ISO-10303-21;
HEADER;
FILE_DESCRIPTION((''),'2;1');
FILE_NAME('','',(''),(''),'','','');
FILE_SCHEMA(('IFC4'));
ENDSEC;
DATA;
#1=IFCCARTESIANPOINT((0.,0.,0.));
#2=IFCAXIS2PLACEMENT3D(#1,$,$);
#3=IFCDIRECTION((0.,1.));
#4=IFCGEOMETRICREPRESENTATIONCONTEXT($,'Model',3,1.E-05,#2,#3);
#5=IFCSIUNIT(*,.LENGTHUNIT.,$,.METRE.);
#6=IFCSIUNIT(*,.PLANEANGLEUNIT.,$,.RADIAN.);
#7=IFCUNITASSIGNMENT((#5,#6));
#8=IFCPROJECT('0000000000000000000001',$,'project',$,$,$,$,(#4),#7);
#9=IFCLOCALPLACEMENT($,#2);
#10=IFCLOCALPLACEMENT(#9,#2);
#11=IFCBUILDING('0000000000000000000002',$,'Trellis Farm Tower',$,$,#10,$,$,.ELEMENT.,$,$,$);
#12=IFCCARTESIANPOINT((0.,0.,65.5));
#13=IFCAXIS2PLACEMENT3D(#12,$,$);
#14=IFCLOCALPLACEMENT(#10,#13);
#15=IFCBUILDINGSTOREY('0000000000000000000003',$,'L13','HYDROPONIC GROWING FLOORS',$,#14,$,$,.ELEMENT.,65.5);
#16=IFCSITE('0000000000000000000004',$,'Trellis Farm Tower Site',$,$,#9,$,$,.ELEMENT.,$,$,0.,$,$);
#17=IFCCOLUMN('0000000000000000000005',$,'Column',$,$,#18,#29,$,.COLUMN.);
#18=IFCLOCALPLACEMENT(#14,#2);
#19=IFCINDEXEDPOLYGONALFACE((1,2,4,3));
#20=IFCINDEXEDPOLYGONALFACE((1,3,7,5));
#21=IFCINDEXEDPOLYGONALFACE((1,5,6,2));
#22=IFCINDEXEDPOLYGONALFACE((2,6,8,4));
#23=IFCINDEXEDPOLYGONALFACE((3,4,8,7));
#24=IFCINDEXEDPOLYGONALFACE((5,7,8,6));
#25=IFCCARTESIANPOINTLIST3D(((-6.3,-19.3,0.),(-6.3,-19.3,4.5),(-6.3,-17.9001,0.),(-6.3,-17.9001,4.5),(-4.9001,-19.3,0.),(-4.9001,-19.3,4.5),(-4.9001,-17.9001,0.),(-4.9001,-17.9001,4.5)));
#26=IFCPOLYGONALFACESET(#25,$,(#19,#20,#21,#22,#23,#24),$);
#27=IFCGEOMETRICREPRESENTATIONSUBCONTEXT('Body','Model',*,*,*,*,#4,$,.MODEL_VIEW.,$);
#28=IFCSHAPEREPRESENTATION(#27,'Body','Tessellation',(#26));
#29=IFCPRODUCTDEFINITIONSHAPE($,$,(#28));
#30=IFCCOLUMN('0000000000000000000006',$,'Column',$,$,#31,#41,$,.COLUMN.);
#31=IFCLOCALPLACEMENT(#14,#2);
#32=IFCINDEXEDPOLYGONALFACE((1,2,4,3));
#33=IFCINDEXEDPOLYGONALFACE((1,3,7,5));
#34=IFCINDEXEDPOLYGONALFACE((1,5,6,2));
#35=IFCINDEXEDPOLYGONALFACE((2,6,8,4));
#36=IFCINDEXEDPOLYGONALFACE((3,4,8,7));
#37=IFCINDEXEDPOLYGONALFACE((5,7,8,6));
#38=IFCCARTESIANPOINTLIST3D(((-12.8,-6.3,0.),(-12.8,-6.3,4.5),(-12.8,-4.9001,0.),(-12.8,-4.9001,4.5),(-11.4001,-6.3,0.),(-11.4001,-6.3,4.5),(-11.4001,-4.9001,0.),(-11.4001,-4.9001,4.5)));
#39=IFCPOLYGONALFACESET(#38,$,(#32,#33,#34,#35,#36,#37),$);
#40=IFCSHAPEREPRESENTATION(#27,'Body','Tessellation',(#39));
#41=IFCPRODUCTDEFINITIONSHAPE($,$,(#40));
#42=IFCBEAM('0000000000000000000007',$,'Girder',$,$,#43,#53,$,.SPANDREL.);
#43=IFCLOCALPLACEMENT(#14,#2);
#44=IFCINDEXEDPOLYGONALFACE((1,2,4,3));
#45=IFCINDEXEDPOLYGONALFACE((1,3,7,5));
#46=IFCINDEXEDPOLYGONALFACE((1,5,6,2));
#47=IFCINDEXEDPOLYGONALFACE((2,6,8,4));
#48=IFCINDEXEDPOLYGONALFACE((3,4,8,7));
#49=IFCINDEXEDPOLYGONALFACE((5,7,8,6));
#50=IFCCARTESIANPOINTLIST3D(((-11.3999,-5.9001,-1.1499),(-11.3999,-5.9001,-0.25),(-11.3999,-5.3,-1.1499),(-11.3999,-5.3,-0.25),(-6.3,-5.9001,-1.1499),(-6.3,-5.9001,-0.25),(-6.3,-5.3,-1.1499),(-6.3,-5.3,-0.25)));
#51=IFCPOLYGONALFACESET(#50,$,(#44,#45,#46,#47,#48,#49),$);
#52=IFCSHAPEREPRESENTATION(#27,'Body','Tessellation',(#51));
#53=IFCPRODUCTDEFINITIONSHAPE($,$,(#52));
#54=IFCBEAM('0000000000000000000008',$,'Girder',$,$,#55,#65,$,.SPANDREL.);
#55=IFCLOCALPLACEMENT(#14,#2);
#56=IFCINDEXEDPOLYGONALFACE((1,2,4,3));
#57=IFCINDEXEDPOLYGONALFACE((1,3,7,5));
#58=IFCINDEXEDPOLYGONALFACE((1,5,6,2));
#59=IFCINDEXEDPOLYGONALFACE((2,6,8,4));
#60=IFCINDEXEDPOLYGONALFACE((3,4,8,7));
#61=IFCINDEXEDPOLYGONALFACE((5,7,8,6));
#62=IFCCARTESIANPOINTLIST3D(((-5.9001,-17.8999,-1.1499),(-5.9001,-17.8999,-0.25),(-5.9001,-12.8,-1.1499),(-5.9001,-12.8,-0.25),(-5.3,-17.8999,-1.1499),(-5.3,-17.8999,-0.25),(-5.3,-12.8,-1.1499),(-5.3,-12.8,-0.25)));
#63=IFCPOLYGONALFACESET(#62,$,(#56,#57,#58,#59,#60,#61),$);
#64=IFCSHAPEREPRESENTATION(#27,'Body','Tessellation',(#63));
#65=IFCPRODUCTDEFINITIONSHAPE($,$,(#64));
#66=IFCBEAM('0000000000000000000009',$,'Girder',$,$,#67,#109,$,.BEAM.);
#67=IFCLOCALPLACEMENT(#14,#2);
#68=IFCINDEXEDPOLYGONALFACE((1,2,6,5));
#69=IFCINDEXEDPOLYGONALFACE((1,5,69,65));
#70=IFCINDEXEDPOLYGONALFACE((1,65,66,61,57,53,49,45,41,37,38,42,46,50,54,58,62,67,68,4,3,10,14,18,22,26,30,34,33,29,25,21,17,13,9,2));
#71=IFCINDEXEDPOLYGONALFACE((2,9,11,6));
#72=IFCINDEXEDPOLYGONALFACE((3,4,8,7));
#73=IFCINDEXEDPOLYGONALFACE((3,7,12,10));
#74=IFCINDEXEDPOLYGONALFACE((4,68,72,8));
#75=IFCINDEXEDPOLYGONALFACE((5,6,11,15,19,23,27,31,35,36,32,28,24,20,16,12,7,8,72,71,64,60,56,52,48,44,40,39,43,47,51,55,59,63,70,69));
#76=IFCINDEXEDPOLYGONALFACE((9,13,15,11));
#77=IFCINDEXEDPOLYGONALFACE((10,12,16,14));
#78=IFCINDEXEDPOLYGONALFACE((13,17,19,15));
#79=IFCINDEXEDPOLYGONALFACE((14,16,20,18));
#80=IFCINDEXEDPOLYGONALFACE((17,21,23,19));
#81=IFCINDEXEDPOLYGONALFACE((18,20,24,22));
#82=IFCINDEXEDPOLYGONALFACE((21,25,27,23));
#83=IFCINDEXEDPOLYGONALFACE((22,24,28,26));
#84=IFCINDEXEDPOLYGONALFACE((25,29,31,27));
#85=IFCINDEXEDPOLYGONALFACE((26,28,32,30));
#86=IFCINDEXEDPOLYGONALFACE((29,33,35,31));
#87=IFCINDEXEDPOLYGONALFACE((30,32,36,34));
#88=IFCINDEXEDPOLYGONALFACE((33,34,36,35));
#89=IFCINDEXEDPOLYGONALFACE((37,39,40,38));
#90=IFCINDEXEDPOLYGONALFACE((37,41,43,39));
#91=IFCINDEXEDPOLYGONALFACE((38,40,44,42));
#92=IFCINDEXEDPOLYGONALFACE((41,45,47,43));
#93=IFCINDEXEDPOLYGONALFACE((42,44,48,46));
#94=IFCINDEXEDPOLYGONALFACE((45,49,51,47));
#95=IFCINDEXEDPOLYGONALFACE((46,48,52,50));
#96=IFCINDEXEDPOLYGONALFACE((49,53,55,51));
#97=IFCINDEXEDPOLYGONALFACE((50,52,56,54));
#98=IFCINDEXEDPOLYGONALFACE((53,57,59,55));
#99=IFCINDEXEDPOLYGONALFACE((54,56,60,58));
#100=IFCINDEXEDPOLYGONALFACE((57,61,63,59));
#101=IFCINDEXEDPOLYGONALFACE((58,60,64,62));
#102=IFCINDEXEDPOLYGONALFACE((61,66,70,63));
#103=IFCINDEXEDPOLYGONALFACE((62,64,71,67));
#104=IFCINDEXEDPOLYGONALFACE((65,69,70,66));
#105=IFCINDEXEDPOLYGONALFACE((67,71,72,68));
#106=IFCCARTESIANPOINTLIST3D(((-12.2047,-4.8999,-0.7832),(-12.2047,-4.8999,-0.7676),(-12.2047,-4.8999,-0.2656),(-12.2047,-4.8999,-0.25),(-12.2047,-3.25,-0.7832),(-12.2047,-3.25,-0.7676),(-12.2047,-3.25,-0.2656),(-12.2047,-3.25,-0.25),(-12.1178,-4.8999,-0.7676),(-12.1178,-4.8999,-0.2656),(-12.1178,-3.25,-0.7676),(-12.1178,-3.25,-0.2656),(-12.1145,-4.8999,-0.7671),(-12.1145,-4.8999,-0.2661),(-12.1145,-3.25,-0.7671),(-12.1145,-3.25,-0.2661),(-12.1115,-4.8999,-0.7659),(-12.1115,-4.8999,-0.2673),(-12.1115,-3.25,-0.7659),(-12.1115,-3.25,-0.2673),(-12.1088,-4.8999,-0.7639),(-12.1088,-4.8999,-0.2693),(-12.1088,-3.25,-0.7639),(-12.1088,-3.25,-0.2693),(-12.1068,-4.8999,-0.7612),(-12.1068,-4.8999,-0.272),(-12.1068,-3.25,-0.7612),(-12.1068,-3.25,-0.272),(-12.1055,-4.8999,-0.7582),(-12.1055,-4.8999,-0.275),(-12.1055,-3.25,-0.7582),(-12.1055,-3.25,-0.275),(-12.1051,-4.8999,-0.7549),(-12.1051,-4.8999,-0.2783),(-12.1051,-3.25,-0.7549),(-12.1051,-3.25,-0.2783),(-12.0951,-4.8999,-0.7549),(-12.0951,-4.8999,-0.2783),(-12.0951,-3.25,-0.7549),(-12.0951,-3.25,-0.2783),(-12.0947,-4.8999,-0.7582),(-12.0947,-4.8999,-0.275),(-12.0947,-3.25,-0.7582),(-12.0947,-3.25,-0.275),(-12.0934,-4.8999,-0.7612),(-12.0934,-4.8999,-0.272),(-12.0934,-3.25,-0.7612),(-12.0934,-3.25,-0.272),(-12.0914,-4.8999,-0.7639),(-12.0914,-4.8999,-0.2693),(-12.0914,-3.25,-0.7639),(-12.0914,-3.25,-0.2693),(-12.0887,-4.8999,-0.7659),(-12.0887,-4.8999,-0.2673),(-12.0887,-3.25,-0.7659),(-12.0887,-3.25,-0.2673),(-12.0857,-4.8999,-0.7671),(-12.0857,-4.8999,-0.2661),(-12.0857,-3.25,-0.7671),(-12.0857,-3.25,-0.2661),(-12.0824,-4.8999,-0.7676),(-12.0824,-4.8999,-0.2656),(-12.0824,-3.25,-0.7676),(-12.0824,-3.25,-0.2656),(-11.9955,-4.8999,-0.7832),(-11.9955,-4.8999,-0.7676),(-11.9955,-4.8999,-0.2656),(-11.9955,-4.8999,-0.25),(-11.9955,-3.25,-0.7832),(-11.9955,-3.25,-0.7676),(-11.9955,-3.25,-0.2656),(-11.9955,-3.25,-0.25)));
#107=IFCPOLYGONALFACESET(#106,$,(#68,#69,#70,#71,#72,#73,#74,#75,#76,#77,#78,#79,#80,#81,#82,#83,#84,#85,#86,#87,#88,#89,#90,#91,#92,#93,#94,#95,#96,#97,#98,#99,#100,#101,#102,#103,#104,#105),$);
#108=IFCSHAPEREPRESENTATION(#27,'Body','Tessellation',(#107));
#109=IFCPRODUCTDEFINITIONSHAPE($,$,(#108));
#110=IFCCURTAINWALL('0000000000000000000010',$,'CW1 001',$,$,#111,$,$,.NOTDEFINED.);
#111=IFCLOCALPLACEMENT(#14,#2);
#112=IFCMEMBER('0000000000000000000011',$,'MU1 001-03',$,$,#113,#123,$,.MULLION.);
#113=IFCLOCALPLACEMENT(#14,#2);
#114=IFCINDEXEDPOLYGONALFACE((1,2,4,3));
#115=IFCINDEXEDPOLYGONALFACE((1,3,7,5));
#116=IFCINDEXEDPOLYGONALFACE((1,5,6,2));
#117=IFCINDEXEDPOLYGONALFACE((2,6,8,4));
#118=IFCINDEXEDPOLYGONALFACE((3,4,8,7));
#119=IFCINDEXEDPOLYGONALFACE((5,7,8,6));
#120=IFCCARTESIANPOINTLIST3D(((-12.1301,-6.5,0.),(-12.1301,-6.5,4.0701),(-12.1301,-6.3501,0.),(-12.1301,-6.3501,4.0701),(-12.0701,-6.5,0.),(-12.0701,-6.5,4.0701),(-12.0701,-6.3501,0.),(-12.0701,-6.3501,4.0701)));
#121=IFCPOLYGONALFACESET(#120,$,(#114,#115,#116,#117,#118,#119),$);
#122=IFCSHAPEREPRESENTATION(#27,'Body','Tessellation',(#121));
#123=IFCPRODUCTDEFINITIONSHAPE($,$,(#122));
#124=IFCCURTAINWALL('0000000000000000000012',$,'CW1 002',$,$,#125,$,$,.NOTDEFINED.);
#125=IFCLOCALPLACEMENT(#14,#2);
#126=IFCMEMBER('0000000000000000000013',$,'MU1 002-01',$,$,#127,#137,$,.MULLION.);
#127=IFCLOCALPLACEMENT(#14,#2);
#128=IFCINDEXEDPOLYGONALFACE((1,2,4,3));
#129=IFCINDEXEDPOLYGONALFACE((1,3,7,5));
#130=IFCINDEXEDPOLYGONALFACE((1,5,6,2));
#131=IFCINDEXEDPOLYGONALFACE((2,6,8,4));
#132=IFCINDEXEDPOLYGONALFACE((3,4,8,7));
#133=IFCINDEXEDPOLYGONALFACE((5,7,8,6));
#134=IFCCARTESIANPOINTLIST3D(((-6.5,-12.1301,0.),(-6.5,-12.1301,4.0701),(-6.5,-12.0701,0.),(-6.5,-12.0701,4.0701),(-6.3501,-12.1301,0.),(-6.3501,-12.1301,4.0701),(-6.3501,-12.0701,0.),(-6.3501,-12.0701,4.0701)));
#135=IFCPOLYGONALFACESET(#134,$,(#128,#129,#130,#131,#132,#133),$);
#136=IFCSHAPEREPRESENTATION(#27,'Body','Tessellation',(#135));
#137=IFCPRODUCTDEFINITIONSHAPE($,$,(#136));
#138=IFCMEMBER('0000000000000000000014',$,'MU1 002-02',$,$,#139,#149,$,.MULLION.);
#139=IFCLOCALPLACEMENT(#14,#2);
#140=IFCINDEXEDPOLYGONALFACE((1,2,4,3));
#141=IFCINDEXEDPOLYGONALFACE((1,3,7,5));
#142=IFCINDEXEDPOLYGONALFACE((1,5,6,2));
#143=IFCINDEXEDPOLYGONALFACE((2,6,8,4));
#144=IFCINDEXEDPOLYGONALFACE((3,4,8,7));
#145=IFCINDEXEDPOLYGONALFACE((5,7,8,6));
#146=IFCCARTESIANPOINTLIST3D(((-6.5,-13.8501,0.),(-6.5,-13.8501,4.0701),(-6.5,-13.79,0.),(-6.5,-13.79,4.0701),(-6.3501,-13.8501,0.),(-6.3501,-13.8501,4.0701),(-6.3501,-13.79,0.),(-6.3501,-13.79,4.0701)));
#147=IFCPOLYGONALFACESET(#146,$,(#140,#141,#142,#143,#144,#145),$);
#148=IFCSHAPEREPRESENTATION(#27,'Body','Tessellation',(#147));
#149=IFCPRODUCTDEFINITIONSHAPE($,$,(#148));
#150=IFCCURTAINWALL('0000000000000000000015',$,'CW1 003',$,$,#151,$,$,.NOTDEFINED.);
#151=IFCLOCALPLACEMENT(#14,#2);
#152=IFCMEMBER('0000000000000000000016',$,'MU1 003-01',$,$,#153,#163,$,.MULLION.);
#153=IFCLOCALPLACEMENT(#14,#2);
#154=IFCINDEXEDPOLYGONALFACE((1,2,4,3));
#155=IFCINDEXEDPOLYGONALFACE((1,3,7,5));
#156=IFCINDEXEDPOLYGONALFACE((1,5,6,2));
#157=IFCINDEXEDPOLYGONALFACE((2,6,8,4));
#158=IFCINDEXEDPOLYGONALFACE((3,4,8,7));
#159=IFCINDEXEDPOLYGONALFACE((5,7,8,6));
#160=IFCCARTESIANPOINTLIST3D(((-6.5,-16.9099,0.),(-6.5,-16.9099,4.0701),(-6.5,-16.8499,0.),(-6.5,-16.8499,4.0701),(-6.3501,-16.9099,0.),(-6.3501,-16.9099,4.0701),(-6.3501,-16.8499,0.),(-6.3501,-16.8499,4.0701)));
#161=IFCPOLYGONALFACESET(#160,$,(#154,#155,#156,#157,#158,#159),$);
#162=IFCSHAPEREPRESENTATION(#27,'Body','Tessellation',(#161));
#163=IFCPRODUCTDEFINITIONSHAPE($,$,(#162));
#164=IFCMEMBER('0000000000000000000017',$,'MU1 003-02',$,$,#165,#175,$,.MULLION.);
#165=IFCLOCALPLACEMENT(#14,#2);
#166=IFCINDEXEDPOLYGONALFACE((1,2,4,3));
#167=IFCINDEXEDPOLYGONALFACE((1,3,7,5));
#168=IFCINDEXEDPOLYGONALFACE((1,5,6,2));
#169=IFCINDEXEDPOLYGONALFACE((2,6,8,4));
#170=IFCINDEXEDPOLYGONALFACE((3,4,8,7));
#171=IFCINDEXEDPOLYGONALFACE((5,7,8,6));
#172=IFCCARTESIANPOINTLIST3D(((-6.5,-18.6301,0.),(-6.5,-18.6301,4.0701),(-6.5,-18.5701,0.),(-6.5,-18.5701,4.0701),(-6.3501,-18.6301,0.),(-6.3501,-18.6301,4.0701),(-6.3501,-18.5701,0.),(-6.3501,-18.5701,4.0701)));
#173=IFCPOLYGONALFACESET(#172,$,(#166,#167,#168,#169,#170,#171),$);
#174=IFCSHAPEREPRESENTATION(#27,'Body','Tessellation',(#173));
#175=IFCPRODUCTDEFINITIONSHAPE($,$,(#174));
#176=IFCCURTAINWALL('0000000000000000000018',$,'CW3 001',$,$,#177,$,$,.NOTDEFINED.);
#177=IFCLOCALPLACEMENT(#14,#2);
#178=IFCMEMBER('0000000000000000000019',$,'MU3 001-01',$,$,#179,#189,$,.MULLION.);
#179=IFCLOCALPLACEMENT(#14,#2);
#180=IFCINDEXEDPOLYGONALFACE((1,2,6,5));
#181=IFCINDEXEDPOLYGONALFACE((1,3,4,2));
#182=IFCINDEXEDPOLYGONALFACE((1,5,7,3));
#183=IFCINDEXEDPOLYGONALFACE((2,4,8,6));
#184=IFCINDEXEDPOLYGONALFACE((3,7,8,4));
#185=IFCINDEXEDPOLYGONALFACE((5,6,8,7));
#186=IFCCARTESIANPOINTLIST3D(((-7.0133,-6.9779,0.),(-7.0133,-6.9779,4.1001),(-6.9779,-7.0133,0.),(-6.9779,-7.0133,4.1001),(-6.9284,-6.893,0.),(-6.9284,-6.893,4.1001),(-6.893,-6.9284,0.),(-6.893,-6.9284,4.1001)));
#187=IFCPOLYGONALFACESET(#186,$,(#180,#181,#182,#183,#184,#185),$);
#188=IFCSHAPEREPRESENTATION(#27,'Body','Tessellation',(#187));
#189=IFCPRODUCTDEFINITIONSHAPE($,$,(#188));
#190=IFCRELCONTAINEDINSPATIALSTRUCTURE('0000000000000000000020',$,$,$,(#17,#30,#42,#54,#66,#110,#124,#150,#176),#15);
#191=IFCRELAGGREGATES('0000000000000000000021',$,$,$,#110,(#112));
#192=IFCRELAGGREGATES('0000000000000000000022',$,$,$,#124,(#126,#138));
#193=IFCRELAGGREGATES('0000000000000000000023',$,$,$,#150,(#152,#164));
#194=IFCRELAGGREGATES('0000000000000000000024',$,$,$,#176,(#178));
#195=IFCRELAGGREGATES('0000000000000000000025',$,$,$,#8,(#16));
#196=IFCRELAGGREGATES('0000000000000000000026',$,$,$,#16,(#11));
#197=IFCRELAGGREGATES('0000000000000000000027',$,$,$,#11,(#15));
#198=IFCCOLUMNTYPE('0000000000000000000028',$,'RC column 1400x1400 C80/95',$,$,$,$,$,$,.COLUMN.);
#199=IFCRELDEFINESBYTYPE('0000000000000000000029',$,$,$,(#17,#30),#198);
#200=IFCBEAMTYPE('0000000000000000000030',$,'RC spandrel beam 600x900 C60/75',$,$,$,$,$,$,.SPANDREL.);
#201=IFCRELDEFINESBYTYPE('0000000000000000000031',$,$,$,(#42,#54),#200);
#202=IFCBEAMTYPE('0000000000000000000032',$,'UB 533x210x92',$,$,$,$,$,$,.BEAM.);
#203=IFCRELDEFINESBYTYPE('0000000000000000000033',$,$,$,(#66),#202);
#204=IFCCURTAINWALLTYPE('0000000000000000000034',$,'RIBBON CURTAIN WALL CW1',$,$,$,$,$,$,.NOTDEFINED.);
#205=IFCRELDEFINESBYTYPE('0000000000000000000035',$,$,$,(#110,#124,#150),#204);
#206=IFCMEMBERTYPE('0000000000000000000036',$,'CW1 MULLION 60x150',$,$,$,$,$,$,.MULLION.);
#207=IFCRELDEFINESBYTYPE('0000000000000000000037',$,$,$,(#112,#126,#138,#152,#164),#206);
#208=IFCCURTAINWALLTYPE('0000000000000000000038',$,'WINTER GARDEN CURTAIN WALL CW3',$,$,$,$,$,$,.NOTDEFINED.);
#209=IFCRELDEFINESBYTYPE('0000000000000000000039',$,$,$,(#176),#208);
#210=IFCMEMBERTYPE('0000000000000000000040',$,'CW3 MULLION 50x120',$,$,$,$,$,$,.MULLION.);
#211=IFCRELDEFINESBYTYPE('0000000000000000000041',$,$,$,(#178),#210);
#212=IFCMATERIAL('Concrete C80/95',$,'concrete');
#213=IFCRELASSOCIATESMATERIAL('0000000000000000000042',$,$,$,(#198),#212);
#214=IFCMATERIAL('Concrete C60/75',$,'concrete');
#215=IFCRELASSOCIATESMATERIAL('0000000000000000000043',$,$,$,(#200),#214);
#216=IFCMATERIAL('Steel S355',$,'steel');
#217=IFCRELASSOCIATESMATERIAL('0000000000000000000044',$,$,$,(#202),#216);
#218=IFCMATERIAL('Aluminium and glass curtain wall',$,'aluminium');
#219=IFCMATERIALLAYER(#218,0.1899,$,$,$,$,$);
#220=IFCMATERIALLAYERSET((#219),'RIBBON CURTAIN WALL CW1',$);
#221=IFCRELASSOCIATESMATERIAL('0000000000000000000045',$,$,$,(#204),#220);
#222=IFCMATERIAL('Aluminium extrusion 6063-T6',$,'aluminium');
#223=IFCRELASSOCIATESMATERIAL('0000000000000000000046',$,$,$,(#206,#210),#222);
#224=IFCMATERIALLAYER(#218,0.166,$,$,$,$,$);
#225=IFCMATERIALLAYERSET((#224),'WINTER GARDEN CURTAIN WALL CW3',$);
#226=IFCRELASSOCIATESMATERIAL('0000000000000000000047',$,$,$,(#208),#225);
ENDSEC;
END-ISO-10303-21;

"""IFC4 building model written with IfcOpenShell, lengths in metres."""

from ifc_helpers import new_model, si_unit, direction, frame, origin, origin_2d, place, context, subcontext, project, spatial, rectangle, i_section, extrude, source, transform, mapped, material, layer, layer_set, material_profile, profile_set, type_object, element, aggregate, save


model = new_model("IFC4")

# Units and contexts
model_context = context("Model", 3, precision=1e-05, world=origin(), true_north=direction((0.0, 1.0)))
body_context = subcontext(model_context, "Body", "Model", "MODEL_VIEW")
ifc_project = project(units=[si_unit("LENGTHUNIT", "METRE"), si_unit("PLANEANGLEUNIT", "RADIAN")], contexts=[model_context])

# Site, building, storey
site_placement = place(None, origin())
site = spatial("IfcSite", under=ifc_project, at=site_placement, Name="Trellis Farm Tower Site", CompositionType="ELEMENT", RefElevation=0.0)
building_placement = place(site_placement, origin())
building = spatial("IfcBuilding", under=site, at=building_placement, Name="Trellis Farm Tower", CompositionType="ELEMENT")
storey_placement = place(building_placement, frame((0.0, 0.0, 65.5)))
storey = spatial("IfcBuildingStorey", under=building, at=storey_placement, Name="L13", Description="HYDROPONIC GROWING FLOORS", CompositionType="ELEMENT", Elevation=65.5)

# Columns
ifc_material_1 = material(Name="Concrete C80/95", Category="concrete")
ifc_material_profile_1 = material_profile(ifc_material_1, rectangle(XDim=1.3999, YDim=1.3999, at=origin_2d()), Name="RC column 1400x1400 C80/95")
ifc_profile_set_1 = profile_set([ifc_material_profile_1], Name="Concrete C80/95")
column_type = type_object("IfcColumnType", Name="RC column 1400x1400 C80/95", PredefinedType="COLUMN", material=ifc_profile_set_1)
shared_shape_1 = source(origin(), body_context, "Body", "SweptSolid", [
    extrude(rectangle(XDim=1.3999, YDim=1.3999, at=origin_2d()), origin(), (0.0, 0.0, 1.0), 4.5),
])
for number, where, z_axis, x_axis, name in (
    (1, (-5.6001, -18.6001, 0.0), (0.0, 0.0, 1.0), (1.0, 0.0, 0.0), "Column"),
    (2, (-12.1001, -5.6001, 0.0), (0.0, 0.0, 1.0), (1.0, 0.0, 0.0), "Column"),
):
    element("IfcColumn", number, at=place(storey_placement, frame(where, z_axis=z_axis, x_axis=x_axis)), inside=storey, type_object=column_type, Name=name, PredefinedType="COLUMN", context=body_context, shape_type="MappedRepresentation", body=[
        mapped(shared_shape_1, transform((0.0, 0.0, 0.0))),
    ])

# Beams
ifc_material_2 = material(Name="Concrete C60/75", Category="concrete")
ifc_material_profile_2 = material_profile(ifc_material_2, rectangle(XDim=0.6001, YDim=0.8999, at=origin_2d()), Name="RC spandrel beam 600x900 C60/75")
ifc_profile_set_2 = profile_set([ifc_material_profile_2], Name="Concrete C60/75")
beam_type_1 = type_object("IfcBeamType", Name="RC spandrel beam 600x900 C60/75", PredefinedType="SPANDREL", material=ifc_profile_set_2)
shared_shape_2 = source(origin(), body_context, "Body", "SweptSolid", [
    extrude(rectangle(XDim=0.6001, YDim=0.8999, at=origin_2d()), origin(), (0.0, 0.0, 1.0), 5.0999),
])
for number, where, z_axis, x_axis, name in (
    (3, (-11.3999, -5.6001, -0.7), (1.0, 0.0, 0.0), (0.0, 1.0, 0.0), "Girder"),
    (4, (-5.6001, -17.8999, -0.7), (0.0, 1.0, 0.0), (-1.0, 0.0, 0.0), "Girder"),
):
    element("IfcBeam", number, at=place(storey_placement, frame(where, z_axis=z_axis, x_axis=x_axis)), inside=storey, type_object=beam_type_1, Name=name, PredefinedType="SPANDREL", context=body_context, shape_type="MappedRepresentation", body=[
        mapped(shared_shape_2, transform((0.0, 0.0, 0.0))),
    ])
ifc_material_3 = material(Name="Steel S355", Category="steel")
ifc_material_profile_3 = material_profile(ifc_material_3, i_section(OverallWidth=0.2092, OverallDepth=0.5332, WebThickness=0.01, FlangeThickness=0.0156, FilletRadius=0.0127, at=origin_2d()), Name="UB 533x210x92")
ifc_profile_set_3 = profile_set([ifc_material_profile_3], Name="Steel S355")
beam_type_2 = type_object("IfcBeamType", Name="UB 533x210x92", PredefinedType="BEAM", material=ifc_profile_set_3)
shared_shape_3 = source(origin(), body_context, "Body", "SweptSolid", [
    extrude(i_section(OverallWidth=0.2092, OverallDepth=0.5332, WebThickness=0.01, FlangeThickness=0.0156, FilletRadius=0.0127, at=origin_2d()), origin(), (0.0, 0.0, 1.0), 1.6499),
])
beam_placement = place(storey_placement, frame((-12.1001, -4.8999, -0.5166), z_axis=(0.0, 1.0, 0.0), x_axis=(-1.0, 0.0, 0.0)))
element("IfcBeam", 5, at=beam_placement, inside=storey, type_object=beam_type_2, Name="Girder", PredefinedType="BEAM", context=body_context, shape_type="MappedRepresentation", body=[
    mapped(shared_shape_3, transform((0.0, 0.0, 0.0))),
])

# Curtain wall, member
ifc_material_4 = material(Name="Aluminium and glass curtain wall", Category="aluminium")
ifc_layer_1 = layer(ifc_material_4, 0.1899)
ifc_layer_set_1 = layer_set([ifc_layer_1], Name="RIBBON CURTAIN WALL CW1")
curtain_wall_type_1 = type_object("IfcCurtainWallType", Name="RIBBON CURTAIN WALL CW1", PredefinedType="NOTDEFINED", material=ifc_layer_set_1)
placement = place(storey_placement, origin())
curtain_wall_1 = element("IfcCurtainWall", 6, at=placement, inside=storey, type_object=curtain_wall_type_1, Name="CW1 001", PredefinedType="NOTDEFINED")
ifc_material_5 = material(Name="Aluminium extrusion 6063-T6", Category="aluminium")
ifc_material_profile_4 = material_profile(ifc_material_5, rectangle(XDim=0.0601, YDim=0.1499, at=origin_2d()), Name="MULLION 60x150")
ifc_profile_set_4 = profile_set([ifc_material_profile_4], Name="Aluminium extrusion 6063-T6")
member_type_1 = type_object("IfcMemberType", Name="CW1 MULLION 60x150", PredefinedType="MULLION", material=ifc_profile_set_4)
shared_shape_4 = source(origin(), body_context, "Body", "SweptSolid", [
    extrude(rectangle(XDim=0.0601, YDim=0.1499, at=origin_2d()), origin(), (0.0, 0.0, 1.0), 4.0701),
])
member_1_placement = place(storey_placement, frame((-12.1001, -6.425, 0.0), z_axis=(0.0, 0.0, 1.0), x_axis=(1.0, 0.0, 0.0)))
member_1 = element("IfcMember", 7, at=member_1_placement, type_object=member_type_1, Name="MU1 001-03", PredefinedType="MULLION", context=body_context, shape_type="MappedRepresentation", body=[
    mapped(shared_shape_4, transform((0.0, 0.0, 0.0))),
])
aggregate(curtain_wall_1, [member_1])

# Curtain walls, members
curtain_wall_2 = element("IfcCurtainWall", 8, at=placement, inside=storey, type_object=curtain_wall_type_1, Name="CW1 002", PredefinedType="NOTDEFINED")
member_2_placement = place(storey_placement, frame((-6.425, -12.1001, 0.0), z_axis=(0.0, 0.0, 1.0), x_axis=(0.0, -1.0, 0.0)))
member_2 = element("IfcMember", 9, at=member_2_placement, type_object=member_type_1, Name="MU1 002-01", PredefinedType="MULLION", context=body_context, shape_type="MappedRepresentation", body=[
    mapped(shared_shape_4, transform((0.0, 0.0, 0.0))),
])
member_3_placement = place(storey_placement, frame((-6.425, -13.8201, 0.0), z_axis=(0.0, 0.0, 1.0), x_axis=(0.0, -1.0, 0.0)))
member_3 = element("IfcMember", 10, at=member_3_placement, type_object=member_type_1, Name="MU1 002-02", PredefinedType="MULLION", context=body_context, shape_type="MappedRepresentation", body=[
    mapped(shared_shape_4, transform((0.0, 0.0, 0.0))),
])
aggregate(curtain_wall_2, [member_2, member_3])
curtain_wall_3 = element("IfcCurtainWall", 11, at=placement, inside=storey, type_object=curtain_wall_type_1, Name="CW1 003", PredefinedType="NOTDEFINED")
member_4_placement = place(storey_placement, frame((-6.425, -16.8799, 0.0), z_axis=(0.0, 0.0, 1.0), x_axis=(0.0, -1.0, 0.0)))
member_4 = element("IfcMember", 12, at=member_4_placement, type_object=member_type_1, Name="MU1 003-01", PredefinedType="MULLION", context=body_context, shape_type="MappedRepresentation", body=[
    mapped(shared_shape_4, transform((0.0, 0.0, 0.0))),
])
member_5_placement = place(storey_placement, frame((-6.425, -18.6001, 0.0), z_axis=(0.0, 0.0, 1.0), x_axis=(0.0, -1.0, 0.0)))
member_5 = element("IfcMember", 13, at=member_5_placement, type_object=member_type_1, Name="MU1 003-02", PredefinedType="MULLION", context=body_context, shape_type="MappedRepresentation", body=[
    mapped(shared_shape_4, transform((0.0, 0.0, 0.0))),
])
aggregate(curtain_wall_3, [member_4, member_5])

# Curtain wall, member
ifc_layer_2 = layer(ifc_material_4, 0.166)
ifc_layer_set_2 = layer_set([ifc_layer_2], Name="WINTER GARDEN CURTAIN WALL CW3")
curtain_wall_type_2 = type_object("IfcCurtainWallType", Name="WINTER GARDEN CURTAIN WALL CW3", PredefinedType="NOTDEFINED", material=ifc_layer_set_2)
curtain_wall_4 = element("IfcCurtainWall", 14, at=placement, inside=storey, type_object=curtain_wall_type_2, Name="CW3 001", PredefinedType="NOTDEFINED")
ifc_material_profile_5 = material_profile(ifc_material_5, rectangle(XDim=0.05, YDim=0.1201, at=origin_2d()), Name="MULLION 50x120")
ifc_profile_set_5 = profile_set([ifc_material_profile_5], Name="Aluminium extrusion 6063-T6")
member_type_2 = type_object("IfcMemberType", Name="CW3 MULLION 50x120", PredefinedType="MULLION", material=ifc_profile_set_5)
shared_shape_5 = source(origin(), body_context, "Body", "SweptSolid", [
    extrude(rectangle(XDim=0.05, YDim=0.1201, at=origin_2d()), origin(), (0.0, 0.0, 1.0), 4.1001),
])
member_6_placement = place(storey_placement, frame((-6.9531, -6.9531, 0.0), z_axis=(0.0, 0.0, 1.0), x_axis=(0.707107, -0.707107, 0.0)))
member_6 = element("IfcMember", 15, at=member_6_placement, type_object=member_type_2, Name="MU3 001-01", PredefinedType="MULLION", context=body_context, shape_type="MappedRepresentation", body=[
    mapped(shared_shape_5, transform((0.0, 0.0, 0.0))),
])
aggregate(curtain_wall_4, [member_6])

save(model, "model.ifc")
